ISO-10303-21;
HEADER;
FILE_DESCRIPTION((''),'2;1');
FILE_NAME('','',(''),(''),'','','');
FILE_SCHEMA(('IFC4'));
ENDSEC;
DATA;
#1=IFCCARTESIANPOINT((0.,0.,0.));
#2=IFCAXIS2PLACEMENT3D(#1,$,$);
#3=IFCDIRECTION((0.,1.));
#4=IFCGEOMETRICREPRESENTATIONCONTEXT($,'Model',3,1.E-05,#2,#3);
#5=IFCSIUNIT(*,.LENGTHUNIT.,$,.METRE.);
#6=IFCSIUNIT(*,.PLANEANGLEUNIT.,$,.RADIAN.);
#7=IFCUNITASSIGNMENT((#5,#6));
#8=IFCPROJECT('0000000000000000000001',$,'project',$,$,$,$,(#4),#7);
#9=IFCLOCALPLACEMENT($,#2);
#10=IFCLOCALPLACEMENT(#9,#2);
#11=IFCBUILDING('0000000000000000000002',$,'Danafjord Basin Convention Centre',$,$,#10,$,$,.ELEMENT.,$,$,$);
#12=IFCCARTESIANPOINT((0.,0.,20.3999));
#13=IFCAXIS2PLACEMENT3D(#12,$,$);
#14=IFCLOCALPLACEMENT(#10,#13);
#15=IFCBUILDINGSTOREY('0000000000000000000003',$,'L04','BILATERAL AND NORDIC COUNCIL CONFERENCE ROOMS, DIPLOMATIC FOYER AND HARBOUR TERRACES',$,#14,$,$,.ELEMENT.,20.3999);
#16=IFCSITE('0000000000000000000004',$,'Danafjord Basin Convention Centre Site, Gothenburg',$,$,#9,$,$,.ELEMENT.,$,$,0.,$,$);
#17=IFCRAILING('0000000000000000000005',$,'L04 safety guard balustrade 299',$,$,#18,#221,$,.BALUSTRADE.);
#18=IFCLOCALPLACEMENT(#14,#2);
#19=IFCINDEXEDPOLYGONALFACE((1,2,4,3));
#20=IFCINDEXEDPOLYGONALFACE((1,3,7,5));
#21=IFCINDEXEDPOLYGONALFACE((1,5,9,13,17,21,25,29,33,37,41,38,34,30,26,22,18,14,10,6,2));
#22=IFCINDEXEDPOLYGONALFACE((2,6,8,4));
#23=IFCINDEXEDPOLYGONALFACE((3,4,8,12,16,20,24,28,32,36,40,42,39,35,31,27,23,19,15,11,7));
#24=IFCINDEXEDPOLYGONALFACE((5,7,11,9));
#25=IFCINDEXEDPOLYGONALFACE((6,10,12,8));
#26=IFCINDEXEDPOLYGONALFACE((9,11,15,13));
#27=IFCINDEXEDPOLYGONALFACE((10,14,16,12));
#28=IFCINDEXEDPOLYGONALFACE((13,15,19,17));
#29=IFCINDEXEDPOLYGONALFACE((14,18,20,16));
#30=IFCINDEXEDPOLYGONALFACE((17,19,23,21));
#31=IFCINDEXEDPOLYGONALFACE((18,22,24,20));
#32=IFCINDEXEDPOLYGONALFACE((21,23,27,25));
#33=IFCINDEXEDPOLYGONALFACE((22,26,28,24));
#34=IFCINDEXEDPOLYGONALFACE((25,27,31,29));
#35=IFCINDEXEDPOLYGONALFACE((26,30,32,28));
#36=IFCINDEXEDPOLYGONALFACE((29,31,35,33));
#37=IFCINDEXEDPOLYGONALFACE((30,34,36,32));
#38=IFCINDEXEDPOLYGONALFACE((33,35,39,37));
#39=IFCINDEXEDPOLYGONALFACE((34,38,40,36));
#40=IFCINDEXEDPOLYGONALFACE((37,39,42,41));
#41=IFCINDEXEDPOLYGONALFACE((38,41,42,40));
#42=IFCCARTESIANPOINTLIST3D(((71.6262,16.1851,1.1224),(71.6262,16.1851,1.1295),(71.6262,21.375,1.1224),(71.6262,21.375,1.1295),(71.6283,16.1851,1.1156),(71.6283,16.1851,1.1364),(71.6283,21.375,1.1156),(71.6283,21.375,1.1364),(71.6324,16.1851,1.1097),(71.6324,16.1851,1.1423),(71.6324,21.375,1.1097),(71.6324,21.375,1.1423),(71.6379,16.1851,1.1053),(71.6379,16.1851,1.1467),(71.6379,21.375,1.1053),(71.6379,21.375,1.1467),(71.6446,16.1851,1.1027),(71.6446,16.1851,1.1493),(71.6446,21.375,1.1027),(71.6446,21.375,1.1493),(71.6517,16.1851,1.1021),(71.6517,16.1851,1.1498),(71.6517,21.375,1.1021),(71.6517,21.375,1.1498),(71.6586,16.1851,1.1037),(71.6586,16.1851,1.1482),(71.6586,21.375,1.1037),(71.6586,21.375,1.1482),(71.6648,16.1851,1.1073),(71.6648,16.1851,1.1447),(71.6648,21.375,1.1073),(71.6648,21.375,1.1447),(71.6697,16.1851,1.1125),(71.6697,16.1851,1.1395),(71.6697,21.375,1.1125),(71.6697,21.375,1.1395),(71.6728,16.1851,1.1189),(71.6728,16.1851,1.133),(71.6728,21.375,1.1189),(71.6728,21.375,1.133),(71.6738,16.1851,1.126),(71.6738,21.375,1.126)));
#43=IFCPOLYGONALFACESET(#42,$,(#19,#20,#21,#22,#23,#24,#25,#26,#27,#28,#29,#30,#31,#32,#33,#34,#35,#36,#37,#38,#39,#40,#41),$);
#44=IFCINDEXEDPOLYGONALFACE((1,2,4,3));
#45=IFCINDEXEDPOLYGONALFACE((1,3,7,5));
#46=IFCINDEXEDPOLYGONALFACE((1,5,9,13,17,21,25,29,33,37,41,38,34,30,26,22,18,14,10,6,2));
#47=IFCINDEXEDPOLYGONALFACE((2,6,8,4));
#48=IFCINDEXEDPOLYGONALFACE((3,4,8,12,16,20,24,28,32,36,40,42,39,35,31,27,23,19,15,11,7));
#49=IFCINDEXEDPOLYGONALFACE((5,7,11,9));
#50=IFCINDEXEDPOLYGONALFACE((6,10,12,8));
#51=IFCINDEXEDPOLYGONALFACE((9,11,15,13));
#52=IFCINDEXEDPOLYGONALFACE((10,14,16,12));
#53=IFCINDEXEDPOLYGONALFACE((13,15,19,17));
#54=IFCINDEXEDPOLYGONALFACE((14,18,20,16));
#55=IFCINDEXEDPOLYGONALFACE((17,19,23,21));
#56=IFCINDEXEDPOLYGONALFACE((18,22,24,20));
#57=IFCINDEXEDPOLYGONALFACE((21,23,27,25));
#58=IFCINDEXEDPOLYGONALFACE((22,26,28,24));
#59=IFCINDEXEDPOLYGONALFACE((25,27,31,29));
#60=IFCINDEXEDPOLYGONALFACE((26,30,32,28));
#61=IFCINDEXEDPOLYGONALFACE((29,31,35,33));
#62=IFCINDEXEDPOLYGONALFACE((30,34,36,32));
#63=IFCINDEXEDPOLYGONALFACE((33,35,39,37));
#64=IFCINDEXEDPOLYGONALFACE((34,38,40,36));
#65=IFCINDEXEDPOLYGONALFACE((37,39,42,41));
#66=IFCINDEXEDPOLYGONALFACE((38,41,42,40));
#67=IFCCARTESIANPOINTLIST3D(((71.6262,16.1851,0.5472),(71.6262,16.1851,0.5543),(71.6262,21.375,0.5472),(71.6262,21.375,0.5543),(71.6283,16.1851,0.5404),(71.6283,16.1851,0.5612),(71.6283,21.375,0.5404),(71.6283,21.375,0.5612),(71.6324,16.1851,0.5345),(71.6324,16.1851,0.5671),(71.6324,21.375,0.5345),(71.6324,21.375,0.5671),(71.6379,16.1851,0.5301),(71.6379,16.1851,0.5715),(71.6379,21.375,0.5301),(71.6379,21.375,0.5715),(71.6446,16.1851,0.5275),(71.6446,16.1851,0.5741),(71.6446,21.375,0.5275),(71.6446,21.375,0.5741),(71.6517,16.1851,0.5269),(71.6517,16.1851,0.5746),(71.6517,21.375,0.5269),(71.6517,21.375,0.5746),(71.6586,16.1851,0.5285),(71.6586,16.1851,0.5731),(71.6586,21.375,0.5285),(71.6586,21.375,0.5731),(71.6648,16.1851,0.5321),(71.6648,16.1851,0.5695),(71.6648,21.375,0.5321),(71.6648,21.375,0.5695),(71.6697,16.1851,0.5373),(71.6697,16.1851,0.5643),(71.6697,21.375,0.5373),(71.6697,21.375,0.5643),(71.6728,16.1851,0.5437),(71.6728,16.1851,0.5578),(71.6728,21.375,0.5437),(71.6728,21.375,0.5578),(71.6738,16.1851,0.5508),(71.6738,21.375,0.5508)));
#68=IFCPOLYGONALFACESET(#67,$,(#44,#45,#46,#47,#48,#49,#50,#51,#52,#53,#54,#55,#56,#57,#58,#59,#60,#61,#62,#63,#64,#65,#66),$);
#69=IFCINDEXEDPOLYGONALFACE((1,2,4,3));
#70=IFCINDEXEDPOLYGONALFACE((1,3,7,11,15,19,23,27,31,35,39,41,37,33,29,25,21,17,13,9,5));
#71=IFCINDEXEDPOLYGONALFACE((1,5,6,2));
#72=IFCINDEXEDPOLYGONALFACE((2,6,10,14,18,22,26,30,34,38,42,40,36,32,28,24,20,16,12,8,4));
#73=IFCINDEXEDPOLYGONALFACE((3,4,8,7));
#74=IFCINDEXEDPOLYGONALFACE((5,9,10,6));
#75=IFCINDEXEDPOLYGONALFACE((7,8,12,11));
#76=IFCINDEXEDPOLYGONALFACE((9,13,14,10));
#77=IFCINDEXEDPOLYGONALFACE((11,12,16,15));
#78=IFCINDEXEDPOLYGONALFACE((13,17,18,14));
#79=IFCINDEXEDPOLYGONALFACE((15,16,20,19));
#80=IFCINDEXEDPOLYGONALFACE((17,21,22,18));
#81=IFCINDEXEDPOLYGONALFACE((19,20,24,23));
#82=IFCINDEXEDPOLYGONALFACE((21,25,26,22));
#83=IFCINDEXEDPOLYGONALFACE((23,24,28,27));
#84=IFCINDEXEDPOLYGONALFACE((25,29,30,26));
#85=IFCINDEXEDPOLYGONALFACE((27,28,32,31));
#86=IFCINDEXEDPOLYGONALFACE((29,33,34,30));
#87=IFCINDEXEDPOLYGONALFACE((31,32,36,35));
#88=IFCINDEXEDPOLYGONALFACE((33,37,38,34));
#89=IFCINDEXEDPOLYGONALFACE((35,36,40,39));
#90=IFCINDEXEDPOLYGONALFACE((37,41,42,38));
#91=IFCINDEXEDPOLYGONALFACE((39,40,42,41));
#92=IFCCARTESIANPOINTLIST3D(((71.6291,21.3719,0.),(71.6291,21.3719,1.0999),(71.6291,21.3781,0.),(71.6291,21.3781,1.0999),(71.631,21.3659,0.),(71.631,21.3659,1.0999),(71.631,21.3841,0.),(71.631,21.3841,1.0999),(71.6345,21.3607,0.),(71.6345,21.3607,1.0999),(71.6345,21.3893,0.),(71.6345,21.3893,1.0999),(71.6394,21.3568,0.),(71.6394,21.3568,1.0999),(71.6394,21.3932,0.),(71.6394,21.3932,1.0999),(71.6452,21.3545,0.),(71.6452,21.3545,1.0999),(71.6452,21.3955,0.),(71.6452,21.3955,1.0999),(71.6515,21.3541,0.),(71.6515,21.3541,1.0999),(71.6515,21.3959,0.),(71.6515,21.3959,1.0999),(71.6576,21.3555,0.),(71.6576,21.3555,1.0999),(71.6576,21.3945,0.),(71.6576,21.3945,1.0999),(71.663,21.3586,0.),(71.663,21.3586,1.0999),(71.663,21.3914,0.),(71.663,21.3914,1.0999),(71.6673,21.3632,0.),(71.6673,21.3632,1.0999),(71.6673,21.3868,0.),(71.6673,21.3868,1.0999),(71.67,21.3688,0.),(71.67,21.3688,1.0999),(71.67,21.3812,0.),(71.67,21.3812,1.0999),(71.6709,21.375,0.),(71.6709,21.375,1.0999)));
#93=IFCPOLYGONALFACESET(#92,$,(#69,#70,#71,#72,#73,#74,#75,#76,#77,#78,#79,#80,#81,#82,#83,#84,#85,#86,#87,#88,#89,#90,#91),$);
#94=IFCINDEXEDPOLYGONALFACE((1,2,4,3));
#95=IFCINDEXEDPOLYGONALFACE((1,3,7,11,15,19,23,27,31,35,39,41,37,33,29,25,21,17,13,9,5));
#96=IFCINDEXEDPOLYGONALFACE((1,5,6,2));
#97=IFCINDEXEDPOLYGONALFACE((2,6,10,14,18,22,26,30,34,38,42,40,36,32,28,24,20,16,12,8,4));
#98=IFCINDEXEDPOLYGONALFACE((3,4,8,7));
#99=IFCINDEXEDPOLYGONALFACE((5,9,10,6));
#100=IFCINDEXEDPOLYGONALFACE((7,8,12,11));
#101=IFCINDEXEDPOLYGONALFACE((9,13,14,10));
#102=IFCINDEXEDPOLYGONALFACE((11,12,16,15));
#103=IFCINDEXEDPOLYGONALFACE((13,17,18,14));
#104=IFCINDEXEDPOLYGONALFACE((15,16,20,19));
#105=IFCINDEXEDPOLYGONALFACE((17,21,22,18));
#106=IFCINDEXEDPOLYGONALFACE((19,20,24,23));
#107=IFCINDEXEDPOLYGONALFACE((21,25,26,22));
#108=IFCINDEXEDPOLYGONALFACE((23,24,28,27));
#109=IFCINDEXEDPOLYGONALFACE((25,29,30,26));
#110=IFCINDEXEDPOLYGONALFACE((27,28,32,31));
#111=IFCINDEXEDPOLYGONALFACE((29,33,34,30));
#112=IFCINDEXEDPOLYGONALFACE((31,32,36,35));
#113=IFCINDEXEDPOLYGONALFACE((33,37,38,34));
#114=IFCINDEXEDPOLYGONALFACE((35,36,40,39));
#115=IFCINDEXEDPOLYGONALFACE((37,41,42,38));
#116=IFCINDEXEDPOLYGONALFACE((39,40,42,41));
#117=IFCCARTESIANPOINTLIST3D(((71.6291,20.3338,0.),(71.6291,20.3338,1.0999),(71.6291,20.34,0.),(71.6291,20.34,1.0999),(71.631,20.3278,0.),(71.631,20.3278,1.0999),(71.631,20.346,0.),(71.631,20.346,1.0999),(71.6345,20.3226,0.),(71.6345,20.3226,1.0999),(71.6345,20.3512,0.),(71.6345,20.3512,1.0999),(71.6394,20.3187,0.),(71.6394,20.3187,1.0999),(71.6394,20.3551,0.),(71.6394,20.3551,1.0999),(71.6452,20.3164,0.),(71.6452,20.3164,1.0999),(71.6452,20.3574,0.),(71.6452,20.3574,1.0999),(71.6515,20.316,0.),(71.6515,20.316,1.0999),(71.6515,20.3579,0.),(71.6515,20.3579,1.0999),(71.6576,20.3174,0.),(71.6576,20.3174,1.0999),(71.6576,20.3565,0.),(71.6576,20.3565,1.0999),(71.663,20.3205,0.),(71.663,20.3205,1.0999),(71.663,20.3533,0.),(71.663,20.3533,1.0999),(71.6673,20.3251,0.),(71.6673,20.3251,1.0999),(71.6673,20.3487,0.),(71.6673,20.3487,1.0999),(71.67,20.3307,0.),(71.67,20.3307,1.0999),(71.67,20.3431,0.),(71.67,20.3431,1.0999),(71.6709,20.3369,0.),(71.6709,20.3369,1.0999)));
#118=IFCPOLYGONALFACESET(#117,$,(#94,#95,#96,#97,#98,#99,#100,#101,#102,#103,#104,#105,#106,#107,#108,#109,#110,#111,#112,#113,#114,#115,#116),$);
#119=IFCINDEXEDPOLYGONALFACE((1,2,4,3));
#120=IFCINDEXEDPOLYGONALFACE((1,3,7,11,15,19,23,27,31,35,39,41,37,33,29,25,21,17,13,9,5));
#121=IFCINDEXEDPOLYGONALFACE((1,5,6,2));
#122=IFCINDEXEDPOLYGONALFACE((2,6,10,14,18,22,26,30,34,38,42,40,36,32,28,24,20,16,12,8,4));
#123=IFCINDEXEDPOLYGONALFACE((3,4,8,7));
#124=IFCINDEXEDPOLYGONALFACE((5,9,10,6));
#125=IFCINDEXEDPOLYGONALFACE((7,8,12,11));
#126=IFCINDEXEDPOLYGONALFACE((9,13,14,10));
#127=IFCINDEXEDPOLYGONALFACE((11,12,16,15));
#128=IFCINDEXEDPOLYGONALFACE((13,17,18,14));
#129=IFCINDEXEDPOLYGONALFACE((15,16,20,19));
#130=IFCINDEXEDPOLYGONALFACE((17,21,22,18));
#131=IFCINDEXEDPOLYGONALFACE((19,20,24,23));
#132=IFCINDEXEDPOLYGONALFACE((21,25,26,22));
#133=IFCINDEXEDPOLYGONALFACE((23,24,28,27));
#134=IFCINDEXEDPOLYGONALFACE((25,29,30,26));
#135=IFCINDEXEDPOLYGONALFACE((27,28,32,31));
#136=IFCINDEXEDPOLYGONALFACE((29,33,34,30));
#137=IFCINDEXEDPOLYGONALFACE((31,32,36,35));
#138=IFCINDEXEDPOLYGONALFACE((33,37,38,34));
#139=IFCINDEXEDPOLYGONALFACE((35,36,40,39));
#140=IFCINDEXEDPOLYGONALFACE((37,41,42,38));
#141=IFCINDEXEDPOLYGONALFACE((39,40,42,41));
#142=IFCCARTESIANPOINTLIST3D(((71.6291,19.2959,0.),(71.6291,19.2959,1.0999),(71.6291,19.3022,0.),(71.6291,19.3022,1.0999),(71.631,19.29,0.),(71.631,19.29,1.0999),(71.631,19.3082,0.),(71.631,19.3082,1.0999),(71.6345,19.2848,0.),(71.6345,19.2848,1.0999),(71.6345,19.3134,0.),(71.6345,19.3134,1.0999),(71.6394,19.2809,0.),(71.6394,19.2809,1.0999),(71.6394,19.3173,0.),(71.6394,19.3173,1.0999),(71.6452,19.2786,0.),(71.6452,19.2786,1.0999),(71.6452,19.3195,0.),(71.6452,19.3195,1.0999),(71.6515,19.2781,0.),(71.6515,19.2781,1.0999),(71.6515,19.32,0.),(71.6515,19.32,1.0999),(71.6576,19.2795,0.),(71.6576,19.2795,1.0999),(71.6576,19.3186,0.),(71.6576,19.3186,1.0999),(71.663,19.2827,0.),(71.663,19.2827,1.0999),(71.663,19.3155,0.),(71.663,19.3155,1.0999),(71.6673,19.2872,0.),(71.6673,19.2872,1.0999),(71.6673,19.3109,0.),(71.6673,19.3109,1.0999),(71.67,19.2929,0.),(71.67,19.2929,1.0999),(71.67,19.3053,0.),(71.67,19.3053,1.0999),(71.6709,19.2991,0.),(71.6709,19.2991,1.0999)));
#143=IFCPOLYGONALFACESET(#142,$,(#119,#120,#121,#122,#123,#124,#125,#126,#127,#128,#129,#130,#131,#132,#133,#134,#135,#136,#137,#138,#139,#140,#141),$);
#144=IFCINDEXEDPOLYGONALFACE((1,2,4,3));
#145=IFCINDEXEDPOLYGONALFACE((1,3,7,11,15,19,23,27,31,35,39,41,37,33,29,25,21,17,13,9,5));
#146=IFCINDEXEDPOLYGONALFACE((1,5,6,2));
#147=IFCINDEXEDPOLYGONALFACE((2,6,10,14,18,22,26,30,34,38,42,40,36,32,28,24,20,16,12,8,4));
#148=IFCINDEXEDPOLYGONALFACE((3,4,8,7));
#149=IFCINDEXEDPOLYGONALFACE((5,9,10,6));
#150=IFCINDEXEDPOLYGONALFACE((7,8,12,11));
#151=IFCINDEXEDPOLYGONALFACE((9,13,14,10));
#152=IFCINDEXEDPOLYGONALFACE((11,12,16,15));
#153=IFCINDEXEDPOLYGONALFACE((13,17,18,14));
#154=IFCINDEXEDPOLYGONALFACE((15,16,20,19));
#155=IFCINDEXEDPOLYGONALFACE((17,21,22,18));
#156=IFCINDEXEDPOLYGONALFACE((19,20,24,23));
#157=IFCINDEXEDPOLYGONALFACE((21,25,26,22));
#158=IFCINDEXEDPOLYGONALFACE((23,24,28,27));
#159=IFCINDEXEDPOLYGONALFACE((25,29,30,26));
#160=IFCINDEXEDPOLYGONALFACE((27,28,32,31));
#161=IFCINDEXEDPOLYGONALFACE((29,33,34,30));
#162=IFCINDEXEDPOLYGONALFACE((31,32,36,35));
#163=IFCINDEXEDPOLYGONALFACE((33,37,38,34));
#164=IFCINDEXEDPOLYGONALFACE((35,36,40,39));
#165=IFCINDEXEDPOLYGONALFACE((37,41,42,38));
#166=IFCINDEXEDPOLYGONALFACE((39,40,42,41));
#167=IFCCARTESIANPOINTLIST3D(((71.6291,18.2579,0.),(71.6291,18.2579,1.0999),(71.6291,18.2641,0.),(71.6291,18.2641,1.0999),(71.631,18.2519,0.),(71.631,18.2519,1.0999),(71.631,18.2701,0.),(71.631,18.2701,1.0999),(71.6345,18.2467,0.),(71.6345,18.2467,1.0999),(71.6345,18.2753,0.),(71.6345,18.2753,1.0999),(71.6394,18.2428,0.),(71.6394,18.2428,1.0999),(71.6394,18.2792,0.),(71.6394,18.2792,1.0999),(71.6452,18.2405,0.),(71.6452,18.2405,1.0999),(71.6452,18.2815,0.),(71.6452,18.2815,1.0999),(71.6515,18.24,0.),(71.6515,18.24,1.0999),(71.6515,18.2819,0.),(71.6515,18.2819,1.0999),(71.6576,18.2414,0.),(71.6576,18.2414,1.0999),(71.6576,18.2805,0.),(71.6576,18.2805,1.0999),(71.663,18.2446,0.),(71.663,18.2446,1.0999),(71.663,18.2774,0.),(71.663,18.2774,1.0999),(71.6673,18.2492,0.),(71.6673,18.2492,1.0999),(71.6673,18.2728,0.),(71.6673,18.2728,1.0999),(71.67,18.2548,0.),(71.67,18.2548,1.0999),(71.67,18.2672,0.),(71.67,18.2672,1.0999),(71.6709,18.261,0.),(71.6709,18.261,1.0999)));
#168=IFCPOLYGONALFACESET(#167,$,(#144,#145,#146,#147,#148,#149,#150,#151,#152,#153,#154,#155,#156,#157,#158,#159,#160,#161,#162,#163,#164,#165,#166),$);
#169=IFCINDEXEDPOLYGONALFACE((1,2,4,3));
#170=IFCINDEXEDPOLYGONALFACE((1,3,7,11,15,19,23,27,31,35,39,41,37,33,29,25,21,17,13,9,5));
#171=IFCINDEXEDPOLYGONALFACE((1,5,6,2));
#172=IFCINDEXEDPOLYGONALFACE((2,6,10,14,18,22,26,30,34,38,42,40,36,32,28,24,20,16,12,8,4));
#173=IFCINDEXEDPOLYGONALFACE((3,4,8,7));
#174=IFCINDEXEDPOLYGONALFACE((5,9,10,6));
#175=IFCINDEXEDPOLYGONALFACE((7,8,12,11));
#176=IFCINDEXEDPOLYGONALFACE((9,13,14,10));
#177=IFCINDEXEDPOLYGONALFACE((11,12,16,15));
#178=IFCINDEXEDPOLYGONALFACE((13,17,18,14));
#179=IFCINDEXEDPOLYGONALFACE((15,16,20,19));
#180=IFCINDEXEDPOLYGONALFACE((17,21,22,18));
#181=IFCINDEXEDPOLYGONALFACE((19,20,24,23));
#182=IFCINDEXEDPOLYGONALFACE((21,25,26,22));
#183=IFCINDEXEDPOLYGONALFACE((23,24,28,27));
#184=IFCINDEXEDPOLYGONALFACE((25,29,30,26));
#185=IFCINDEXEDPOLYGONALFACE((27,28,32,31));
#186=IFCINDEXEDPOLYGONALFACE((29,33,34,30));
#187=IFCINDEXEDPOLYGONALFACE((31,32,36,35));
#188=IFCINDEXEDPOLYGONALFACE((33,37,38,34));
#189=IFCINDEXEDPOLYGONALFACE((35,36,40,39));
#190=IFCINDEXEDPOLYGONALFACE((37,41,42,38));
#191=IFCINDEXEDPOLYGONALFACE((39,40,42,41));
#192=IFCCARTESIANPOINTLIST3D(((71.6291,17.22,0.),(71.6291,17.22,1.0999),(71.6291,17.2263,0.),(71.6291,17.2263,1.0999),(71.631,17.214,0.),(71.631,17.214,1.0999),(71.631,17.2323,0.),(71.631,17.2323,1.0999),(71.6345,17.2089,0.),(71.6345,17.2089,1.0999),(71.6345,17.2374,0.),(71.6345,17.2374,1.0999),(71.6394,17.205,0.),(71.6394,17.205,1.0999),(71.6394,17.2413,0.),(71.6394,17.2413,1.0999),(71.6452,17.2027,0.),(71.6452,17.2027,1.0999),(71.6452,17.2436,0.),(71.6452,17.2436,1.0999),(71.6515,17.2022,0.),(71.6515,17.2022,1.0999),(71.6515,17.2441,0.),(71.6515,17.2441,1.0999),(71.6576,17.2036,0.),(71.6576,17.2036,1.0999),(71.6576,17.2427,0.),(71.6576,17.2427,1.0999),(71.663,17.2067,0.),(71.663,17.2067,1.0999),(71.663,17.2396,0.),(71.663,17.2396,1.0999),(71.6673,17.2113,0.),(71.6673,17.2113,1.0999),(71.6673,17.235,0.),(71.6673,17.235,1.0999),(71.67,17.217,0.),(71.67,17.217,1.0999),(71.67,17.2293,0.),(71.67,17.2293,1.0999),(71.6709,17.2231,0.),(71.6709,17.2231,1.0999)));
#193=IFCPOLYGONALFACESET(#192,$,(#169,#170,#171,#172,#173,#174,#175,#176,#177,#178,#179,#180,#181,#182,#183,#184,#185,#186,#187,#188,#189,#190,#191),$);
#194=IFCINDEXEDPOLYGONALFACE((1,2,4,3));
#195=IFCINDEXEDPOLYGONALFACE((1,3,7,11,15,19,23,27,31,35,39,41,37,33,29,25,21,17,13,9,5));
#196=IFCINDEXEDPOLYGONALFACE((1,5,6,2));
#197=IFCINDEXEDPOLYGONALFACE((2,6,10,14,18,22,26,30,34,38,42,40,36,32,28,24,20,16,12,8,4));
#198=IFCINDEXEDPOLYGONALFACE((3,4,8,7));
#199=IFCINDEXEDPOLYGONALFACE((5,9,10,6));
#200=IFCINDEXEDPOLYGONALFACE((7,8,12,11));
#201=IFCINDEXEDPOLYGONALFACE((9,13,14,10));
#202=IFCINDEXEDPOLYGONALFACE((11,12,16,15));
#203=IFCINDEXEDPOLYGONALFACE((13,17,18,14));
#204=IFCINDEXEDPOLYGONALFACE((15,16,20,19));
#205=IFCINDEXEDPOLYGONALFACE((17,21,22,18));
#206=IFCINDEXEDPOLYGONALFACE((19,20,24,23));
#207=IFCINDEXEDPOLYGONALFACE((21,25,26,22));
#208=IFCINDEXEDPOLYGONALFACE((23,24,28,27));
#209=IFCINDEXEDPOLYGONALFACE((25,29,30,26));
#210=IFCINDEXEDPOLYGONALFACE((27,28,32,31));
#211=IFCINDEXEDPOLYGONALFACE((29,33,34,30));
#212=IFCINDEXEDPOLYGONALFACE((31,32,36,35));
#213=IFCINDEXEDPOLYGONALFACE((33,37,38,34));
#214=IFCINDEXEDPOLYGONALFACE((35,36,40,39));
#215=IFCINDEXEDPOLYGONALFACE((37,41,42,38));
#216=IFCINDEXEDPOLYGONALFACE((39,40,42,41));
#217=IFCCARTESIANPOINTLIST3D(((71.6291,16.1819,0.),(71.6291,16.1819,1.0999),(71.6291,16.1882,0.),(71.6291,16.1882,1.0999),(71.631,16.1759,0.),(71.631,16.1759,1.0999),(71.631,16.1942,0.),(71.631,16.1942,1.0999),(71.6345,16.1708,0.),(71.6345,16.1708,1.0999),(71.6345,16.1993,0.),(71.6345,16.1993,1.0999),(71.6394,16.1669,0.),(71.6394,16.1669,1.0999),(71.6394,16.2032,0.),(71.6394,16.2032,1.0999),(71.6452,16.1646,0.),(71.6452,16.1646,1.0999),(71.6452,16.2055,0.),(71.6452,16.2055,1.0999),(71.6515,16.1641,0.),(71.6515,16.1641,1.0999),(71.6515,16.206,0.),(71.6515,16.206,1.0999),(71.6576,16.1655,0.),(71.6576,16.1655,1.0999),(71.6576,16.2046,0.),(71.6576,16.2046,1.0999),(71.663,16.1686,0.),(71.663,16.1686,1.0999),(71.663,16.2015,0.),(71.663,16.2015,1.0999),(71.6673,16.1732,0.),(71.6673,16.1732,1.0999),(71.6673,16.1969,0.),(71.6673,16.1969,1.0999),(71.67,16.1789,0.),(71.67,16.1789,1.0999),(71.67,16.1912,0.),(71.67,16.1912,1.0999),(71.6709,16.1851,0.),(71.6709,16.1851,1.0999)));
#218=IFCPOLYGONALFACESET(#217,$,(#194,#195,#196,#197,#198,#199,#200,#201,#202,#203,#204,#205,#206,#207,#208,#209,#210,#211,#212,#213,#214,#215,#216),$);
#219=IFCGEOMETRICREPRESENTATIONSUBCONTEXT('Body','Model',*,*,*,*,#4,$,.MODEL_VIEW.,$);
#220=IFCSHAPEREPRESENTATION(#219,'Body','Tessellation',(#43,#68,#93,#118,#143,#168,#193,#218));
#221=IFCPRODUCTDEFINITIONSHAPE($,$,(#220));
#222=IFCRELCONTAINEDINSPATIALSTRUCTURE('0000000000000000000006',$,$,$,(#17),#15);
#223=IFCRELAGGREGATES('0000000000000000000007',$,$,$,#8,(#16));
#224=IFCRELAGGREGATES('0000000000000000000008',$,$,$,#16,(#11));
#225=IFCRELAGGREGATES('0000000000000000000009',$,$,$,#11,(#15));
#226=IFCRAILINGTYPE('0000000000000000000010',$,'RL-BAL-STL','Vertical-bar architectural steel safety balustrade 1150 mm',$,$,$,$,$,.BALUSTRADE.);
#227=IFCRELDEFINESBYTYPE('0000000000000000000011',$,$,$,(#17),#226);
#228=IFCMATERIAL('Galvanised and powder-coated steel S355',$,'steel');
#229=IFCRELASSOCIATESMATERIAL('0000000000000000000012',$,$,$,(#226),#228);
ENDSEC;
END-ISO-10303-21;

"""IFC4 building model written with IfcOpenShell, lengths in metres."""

from ifc_helpers import new_model, si_unit, direction, frame, origin, origin_2d, place, context, subcontext, project, spatial, circle, extrude, material, type_object, element, save


model = new_model("IFC4")

# Units and contexts
model_context = context("Model", 3, precision=1e-05, world=origin(), true_north=direction((0.0, 1.0)))
body_context = subcontext(model_context, "Body", "Model", "MODEL_VIEW")
ifc_project = project(units=[si_unit("LENGTHUNIT", "METRE"), si_unit("PLANEANGLEUNIT", "RADIAN")], contexts=[model_context])

# Site, building, storey
site_placement = place(None, origin())
site = spatial("IfcSite", under=ifc_project, at=site_placement, Name="Danafjord Basin Convention Centre Site, Gothenburg", CompositionType="ELEMENT", RefElevation=0.0)
building_placement = place(site_placement, origin())
building = spatial("IfcBuilding", under=site, at=building_placement, Name="Danafjord Basin Convention Centre", CompositionType="ELEMENT")
storey_placement = place(building_placement, frame((0.0, 0.0, 20.3999)))
storey = spatial("IfcBuildingStorey", under=building, at=storey_placement, Name="L04", Description="BILATERAL AND NORDIC COUNCIL CONFERENCE ROOMS, DIPLOMATIC FOYER AND HARBOUR TERRACES", CompositionType="ELEMENT", Elevation=20.3999)

# Railing
ifc_material_1 = material(Name="Galvanised and powder-coated steel S355", Category="steel")
railing_type_1 = type_object("IfcRailingType", Name="RL-BAL-STL", Description="Vertical-bar architectural steel safety balustrade 1150 mm", PredefinedType="BALUSTRADE", material=ifc_material_1)
railing_1_placement = place(storey_placement, frame((71.6499, 21.375, 0.0)))
element("IfcRailing", 1, at=railing_1_placement, inside=storey, type_object=railing_type_1, Name="L04 safety guard balustrade 299", PredefinedType="BALUSTRADE", context=body_context, shape_type="SweptSolid", body=[
    extrude(circle(Radius=0.0239, at=origin_2d()), frame((0.0, 0.0, 1.126), z_axis=(0.0, -1.0, 0.0), x_axis=(1.0, 0.0, 0.0)), (0.0, 0.0, 1.0), 5.1899),
    extrude(circle(Radius=0.0239, at=origin_2d()), frame((0.0, 0.0, 0.5508), z_axis=(0.0, -1.0, 0.0), x_axis=(1.0, 0.0, 0.0)), (0.0, 0.0, 1.0), 5.1899),
    extrude(circle(Radius=0.021, at=origin_2d()), origin(), (0.0, 0.0, 1.0), 1.0999),
    extrude(circle(Radius=0.021, at=origin_2d()), frame((0.0, -1.0381, 0.0)), (0.0, 0.0, 1.0), 1.0999),
    extrude(circle(Radius=0.021, at=origin_2d()), frame((0.0, -2.0759, 0.0)), (0.0, 0.0, 1.0), 1.0999),
    extrude(circle(Radius=0.021, at=origin_2d()), frame((0.0, -3.114, 0.0)), (0.0, 0.0, 1.0), 1.0999),
    extrude(circle(Radius=0.021, at=origin_2d()), frame((0.0, -4.1519, 0.0)), (0.0, 0.0, 1.0), 1.0999),
    extrude(circle(Radius=0.021, at=origin_2d()), frame((0.0, -5.1899, 0.0)), (0.0, 0.0, 1.0), 1.0999),
])

save(model, "model.ifc")
